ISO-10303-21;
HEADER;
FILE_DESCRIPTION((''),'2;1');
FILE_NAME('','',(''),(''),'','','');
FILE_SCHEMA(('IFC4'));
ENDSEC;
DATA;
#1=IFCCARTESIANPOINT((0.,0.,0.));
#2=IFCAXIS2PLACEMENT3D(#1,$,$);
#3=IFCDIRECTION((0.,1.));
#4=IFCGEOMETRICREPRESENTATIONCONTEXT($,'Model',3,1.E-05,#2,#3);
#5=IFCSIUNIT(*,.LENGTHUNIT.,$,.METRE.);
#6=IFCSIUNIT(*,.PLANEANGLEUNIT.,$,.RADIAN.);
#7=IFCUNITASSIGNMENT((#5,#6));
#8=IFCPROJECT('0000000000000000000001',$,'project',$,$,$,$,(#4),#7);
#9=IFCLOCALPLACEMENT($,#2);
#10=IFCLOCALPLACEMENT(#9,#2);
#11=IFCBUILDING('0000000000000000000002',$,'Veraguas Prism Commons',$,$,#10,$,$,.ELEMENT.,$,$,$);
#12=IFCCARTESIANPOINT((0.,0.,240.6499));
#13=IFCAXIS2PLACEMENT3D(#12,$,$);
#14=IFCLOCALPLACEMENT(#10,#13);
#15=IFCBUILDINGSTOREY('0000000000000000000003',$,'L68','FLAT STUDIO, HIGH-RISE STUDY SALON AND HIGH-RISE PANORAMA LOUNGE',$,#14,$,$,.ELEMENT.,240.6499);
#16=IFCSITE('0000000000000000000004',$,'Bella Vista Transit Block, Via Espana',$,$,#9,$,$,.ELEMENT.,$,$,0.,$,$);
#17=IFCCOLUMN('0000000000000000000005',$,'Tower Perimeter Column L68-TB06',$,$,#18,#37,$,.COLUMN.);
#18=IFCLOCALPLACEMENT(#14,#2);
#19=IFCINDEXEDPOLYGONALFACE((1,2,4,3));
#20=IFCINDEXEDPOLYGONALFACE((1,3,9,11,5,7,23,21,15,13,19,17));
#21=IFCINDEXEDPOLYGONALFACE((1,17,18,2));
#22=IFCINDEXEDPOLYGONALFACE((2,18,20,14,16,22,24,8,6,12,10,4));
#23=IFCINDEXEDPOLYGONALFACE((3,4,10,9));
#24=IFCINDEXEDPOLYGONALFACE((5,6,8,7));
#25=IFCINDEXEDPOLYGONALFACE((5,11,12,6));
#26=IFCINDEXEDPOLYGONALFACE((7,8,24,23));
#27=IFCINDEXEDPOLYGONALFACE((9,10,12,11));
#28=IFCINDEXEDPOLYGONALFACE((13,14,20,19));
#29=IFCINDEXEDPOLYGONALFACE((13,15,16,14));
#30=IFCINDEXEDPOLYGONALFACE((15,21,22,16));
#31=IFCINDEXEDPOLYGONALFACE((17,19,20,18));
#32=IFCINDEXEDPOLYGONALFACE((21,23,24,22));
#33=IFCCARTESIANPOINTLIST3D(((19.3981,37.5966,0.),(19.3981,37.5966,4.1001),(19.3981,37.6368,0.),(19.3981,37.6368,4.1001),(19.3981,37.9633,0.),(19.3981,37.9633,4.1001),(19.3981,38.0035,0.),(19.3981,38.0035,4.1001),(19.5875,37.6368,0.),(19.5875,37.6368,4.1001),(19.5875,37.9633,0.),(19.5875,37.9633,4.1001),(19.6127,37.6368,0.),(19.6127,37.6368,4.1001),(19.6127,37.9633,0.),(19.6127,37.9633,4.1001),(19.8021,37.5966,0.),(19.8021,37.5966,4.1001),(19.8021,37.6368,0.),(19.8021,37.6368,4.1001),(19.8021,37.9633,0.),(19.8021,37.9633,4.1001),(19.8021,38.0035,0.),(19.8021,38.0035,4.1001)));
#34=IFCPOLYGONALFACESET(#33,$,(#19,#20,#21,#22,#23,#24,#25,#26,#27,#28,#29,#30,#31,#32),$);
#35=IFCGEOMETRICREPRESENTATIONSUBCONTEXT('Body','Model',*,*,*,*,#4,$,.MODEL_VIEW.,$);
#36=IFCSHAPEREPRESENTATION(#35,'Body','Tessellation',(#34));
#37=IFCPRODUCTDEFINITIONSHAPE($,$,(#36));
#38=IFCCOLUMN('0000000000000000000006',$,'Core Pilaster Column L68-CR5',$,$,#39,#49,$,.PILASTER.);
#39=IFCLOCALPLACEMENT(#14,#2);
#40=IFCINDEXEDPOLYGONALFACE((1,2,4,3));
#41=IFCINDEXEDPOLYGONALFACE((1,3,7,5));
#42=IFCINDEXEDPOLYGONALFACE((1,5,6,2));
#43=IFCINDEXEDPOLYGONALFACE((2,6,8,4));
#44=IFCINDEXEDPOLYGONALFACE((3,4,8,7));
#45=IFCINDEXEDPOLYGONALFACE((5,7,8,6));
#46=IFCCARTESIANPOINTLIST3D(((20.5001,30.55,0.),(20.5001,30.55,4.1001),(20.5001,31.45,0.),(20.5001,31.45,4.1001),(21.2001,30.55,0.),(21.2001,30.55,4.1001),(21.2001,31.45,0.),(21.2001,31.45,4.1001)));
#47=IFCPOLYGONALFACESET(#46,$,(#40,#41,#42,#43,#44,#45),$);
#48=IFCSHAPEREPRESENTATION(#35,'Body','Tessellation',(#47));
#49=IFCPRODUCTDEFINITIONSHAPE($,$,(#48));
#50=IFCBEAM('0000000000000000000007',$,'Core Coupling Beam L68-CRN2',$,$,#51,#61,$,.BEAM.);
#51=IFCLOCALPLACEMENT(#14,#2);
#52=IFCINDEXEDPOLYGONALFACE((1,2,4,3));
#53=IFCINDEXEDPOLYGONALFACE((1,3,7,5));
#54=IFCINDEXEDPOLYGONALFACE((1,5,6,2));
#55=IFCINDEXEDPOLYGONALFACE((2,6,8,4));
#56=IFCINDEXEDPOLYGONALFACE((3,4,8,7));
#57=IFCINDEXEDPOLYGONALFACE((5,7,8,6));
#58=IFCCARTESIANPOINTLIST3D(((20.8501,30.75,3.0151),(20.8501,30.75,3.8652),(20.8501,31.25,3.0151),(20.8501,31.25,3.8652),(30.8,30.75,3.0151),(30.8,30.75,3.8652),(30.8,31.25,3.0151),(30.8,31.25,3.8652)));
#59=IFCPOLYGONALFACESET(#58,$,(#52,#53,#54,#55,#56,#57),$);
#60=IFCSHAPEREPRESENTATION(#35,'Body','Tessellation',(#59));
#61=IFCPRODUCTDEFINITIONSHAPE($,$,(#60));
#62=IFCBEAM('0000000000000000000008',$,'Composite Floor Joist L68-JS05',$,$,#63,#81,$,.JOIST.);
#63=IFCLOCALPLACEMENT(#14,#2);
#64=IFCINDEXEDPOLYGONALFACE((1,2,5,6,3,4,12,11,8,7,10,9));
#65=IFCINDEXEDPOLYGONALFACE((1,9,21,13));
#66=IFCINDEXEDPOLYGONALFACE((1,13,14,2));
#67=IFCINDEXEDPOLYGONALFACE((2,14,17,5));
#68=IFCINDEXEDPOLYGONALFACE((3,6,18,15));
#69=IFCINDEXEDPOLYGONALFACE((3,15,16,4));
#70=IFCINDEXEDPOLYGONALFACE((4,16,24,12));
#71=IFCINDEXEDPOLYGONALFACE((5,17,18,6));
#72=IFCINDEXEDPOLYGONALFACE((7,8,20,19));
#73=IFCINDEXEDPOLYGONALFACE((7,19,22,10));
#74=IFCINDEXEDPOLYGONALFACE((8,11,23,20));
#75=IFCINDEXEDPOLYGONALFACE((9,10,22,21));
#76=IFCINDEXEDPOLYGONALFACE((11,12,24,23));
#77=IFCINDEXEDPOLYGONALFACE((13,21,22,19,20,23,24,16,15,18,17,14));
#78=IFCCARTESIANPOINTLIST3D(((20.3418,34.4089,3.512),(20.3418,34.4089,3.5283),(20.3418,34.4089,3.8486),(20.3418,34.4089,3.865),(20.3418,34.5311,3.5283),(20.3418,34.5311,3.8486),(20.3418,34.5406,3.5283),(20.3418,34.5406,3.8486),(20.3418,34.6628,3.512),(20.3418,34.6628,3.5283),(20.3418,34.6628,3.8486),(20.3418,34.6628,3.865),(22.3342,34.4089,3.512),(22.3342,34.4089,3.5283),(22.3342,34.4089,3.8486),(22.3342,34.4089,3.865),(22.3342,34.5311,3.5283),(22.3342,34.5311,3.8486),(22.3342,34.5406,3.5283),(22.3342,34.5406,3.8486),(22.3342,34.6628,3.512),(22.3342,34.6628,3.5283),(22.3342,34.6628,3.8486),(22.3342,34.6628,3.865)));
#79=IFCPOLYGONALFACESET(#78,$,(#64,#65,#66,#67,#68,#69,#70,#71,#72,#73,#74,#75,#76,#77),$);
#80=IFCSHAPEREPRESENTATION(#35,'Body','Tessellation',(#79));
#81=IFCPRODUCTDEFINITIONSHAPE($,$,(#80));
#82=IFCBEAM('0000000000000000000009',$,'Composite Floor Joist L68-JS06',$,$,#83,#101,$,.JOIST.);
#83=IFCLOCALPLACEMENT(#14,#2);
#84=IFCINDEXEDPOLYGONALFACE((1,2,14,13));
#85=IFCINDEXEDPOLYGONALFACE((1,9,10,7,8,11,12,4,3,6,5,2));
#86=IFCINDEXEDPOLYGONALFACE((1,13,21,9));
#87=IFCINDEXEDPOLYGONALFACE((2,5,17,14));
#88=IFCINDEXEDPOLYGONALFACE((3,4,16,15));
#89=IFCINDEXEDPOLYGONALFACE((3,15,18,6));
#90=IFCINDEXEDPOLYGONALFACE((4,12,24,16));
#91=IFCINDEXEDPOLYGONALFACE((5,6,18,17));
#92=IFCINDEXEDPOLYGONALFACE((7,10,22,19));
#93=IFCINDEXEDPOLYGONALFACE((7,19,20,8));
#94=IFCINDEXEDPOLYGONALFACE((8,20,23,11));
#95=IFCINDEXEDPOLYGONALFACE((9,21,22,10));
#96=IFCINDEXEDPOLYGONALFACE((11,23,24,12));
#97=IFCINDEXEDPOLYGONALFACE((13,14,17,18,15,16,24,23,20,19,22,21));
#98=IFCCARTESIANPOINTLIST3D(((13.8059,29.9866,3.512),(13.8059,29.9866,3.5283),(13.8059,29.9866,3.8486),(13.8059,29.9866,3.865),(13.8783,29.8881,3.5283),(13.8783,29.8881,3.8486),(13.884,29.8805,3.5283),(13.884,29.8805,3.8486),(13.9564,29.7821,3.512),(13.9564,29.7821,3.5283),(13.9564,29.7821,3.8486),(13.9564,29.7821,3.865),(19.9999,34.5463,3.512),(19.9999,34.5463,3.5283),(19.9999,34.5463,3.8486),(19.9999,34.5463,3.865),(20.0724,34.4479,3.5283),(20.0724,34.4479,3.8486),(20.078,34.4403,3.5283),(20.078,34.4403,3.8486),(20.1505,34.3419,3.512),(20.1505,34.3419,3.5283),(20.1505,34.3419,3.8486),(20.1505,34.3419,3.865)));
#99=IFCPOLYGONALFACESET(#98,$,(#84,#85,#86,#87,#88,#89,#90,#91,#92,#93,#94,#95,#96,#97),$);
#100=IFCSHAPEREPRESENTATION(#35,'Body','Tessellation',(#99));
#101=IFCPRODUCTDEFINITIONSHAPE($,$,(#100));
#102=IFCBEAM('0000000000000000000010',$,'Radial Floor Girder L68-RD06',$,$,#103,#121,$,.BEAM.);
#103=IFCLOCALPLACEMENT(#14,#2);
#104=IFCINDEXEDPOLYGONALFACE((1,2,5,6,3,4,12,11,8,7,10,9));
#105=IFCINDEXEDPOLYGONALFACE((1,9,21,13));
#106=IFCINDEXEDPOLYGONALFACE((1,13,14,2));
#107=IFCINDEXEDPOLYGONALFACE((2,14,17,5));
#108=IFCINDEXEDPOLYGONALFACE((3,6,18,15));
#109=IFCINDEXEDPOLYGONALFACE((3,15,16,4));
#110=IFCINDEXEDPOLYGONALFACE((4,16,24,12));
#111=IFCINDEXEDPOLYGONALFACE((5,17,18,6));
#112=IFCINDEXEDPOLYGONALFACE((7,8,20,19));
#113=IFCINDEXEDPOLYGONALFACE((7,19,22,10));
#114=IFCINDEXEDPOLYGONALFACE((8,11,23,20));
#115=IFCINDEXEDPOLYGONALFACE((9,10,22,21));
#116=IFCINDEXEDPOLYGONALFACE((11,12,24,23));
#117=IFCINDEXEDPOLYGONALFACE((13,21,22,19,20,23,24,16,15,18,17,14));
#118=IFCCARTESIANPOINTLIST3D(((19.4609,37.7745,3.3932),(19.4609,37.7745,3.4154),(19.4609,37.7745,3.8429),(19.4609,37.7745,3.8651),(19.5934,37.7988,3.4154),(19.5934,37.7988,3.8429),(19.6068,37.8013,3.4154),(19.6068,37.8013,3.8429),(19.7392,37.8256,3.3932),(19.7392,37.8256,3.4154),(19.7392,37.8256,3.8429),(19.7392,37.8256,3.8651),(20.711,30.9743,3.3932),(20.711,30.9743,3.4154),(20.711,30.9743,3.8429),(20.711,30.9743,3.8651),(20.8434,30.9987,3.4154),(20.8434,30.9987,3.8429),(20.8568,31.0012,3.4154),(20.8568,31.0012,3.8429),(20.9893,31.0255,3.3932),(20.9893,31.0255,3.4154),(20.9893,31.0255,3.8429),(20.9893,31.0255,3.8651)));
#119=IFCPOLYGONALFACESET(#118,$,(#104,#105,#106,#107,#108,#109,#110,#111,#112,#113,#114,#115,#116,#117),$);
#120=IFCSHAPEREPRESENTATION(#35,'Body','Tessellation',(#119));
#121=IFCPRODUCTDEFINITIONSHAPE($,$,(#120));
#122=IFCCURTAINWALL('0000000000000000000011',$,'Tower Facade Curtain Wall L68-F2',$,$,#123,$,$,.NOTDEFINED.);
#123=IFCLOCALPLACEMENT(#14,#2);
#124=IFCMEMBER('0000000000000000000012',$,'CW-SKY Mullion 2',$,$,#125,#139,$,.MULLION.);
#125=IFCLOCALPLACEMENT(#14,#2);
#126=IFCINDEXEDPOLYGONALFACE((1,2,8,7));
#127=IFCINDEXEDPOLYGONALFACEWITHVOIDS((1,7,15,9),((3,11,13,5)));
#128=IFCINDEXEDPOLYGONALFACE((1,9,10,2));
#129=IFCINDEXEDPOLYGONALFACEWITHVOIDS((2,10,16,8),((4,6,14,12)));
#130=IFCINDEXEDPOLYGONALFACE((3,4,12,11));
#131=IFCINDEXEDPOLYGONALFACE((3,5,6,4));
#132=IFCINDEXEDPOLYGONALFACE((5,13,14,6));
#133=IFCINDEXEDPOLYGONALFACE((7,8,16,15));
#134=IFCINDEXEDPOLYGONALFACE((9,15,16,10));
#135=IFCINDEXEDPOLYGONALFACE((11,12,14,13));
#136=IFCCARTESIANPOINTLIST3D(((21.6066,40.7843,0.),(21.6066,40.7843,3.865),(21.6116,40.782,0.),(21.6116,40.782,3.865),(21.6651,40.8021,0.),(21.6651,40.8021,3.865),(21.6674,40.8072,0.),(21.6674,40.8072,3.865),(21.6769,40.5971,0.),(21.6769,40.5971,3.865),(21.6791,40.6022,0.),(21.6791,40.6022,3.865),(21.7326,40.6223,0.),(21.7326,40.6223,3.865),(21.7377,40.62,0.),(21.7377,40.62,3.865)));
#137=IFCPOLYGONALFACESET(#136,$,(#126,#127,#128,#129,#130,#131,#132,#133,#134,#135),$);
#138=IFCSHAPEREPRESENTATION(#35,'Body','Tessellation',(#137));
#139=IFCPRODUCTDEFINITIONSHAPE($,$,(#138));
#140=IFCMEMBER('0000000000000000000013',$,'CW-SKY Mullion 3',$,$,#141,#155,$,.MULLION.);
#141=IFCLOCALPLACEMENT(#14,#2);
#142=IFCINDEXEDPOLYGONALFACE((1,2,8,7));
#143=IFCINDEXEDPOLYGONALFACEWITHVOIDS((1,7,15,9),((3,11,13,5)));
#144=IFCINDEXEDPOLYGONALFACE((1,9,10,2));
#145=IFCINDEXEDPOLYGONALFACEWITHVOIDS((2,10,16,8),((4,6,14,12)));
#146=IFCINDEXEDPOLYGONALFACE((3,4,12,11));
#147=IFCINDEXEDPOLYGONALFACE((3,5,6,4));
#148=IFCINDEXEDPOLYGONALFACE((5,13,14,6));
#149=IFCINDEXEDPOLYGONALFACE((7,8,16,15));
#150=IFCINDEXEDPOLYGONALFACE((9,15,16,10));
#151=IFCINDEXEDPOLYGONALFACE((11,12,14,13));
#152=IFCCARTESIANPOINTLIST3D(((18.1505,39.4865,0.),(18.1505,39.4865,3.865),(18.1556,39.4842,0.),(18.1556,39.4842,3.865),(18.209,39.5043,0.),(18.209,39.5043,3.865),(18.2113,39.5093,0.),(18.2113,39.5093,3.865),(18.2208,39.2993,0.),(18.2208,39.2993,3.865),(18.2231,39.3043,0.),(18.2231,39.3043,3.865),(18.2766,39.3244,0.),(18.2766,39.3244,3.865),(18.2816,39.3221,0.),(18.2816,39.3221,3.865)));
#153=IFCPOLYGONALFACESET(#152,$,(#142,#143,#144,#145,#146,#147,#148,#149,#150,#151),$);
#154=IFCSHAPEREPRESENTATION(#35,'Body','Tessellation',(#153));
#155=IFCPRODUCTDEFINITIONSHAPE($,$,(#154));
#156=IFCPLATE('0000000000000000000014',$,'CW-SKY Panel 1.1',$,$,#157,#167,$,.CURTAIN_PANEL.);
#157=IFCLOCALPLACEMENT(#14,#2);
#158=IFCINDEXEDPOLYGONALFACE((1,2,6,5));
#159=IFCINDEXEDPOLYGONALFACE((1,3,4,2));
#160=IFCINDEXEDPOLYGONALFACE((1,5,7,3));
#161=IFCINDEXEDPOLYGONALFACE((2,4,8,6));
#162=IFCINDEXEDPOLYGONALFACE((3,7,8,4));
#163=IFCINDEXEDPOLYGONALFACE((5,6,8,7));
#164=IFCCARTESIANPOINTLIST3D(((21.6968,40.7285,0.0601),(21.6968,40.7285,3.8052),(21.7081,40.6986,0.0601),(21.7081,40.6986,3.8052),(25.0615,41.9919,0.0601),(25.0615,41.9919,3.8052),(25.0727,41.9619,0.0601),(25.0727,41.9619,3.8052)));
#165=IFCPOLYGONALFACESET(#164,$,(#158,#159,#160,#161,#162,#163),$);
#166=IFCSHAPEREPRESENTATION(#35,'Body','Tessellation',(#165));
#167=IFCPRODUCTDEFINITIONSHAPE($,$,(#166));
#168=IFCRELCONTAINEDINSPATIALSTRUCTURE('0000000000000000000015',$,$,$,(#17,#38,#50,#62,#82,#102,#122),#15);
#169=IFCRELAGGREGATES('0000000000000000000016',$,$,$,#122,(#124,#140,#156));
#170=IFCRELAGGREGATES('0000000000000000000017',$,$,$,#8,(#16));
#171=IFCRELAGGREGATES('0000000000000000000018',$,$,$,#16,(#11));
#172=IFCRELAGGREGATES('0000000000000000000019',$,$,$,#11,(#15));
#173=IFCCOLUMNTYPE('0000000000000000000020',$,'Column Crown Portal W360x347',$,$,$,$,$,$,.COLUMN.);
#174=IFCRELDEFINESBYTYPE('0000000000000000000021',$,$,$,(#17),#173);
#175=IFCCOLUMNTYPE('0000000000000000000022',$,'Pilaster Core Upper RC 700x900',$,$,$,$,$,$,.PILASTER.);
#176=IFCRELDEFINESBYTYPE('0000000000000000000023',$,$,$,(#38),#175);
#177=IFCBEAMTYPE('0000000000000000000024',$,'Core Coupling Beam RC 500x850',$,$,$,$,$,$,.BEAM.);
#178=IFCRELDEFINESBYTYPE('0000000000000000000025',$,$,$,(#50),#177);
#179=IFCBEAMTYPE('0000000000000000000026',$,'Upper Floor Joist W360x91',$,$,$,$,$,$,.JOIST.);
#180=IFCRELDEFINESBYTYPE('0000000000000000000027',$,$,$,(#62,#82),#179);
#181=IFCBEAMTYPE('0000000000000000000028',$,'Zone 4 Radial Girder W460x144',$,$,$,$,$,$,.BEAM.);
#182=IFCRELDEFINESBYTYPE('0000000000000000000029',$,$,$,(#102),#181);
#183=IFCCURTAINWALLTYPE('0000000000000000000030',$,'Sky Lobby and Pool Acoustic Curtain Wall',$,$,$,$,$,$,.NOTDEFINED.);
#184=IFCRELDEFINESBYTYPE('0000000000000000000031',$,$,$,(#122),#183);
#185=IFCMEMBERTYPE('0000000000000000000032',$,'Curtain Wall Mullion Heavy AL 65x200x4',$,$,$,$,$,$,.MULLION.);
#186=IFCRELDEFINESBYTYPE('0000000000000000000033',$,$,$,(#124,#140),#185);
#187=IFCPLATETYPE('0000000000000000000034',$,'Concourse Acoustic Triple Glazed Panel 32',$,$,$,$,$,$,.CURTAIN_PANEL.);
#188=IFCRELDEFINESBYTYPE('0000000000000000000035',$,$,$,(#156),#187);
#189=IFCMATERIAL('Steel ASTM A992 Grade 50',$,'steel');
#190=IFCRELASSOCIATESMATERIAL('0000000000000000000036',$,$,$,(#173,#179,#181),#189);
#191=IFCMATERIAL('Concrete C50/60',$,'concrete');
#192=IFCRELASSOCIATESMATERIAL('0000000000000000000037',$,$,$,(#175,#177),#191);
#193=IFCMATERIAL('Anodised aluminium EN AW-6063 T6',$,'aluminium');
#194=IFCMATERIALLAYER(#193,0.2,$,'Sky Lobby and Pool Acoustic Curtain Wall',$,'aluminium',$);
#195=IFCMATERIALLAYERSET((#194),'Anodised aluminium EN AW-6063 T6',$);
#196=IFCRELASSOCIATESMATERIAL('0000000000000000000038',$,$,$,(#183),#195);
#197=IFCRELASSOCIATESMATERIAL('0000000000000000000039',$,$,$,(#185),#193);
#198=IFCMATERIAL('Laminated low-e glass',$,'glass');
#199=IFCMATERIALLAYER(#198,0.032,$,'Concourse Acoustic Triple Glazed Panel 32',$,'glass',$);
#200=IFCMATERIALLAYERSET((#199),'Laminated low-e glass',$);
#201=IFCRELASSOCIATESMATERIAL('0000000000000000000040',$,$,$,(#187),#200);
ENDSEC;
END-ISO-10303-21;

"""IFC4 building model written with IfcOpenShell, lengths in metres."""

from ifc_helpers import new_model, si_unit, direction, frame, origin, origin_2d, place, context, subcontext, project, spatial, rectangle, hollow_rectangle, i_section, extrude, source, transform, mapped, material, layer, layer_set, material_profile, profile_set, type_object, element, aggregate, save


model = new_model("IFC4")

# Units and contexts
model_context = context("Model", 3, precision=1e-05, world=origin(), true_north=direction((0.0, 1.0)))
body_context = subcontext(model_context, "Body", "Model", "MODEL_VIEW")
ifc_project = project(units=[si_unit("LENGTHUNIT", "METRE"), si_unit("PLANEANGLEUNIT", "RADIAN")], contexts=[model_context])

# Site, building, storey
site_placement = place(None, origin())
site = spatial("IfcSite", under=ifc_project, at=site_placement, Name="Bella Vista Transit Block, Via Espana", CompositionType="ELEMENT", RefElevation=0.0)
building_placement = place(site_placement, origin())
building = spatial("IfcBuilding", under=site, at=building_placement, Name="Veraguas Prism Commons", CompositionType="ELEMENT")
storey_placement = place(building_placement, frame((0.0, 0.0, 240.6499)))
storey = spatial("IfcBuildingStorey", under=building, at=storey_placement, Name="L68", Description="FLAT STUDIO, HIGH-RISE STUDY SALON AND HIGH-RISE PANORAMA LOUNGE", CompositionType="ELEMENT", Elevation=240.6499)

# Columns
ifc_material_1 = material(Name="Steel ASTM A992 Grade 50", Category="steel")
ifc_material_profile_1 = material_profile(ifc_material_1, i_section(OverallWidth=0.4041, OverallDepth=0.407, WebThickness=0.0251, FlangeThickness=0.0403, at=origin_2d()), Name="W360X347")
ifc_profile_set_1 = profile_set([ifc_material_profile_1], Name="Steel ASTM A992 Grade 50")
column_type_1 = type_object("IfcColumnType", Name="Column Crown Portal W360x347", PredefinedType="COLUMN", material=ifc_profile_set_1)
column_1_placement = place(storey_placement, frame((19.6001, 37.8, 0.0), z_axis=(0.0, 0.0, 1.0), x_axis=(1.0, 0.0, 0.0)))
element("IfcColumn", 1, at=column_1_placement, inside=storey, type_object=column_type_1, Name="Tower Perimeter Column L68-TB06", PredefinedType="COLUMN", context=body_context, shape_type="SweptSolid", body=[
    extrude(i_section(OverallWidth=0.4041, OverallDepth=0.407, WebThickness=0.0251, FlangeThickness=0.0403, at=origin_2d()), origin(), (0.0, 0.0, 1.0), 4.1001),
])
ifc_material_2 = material(Name="Concrete C50/60", Category="concrete")
ifc_material_profile_2 = material_profile(ifc_material_2, rectangle(XDim=0.7, YDim=0.8999, at=origin_2d()), Name="RC700X900")
ifc_profile_set_2 = profile_set([ifc_material_profile_2], Name="Concrete C50/60")
column_type_2 = type_object("IfcColumnType", Name="Pilaster Core Upper RC 700x900", PredefinedType="PILASTER", material=ifc_profile_set_2)
column_2_placement = place(storey_placement, frame((20.8501, 31.0, 0.0), z_axis=(0.0, 0.0, 1.0), x_axis=(1.0, 0.0, 0.0)))
element("IfcColumn", 2, at=column_2_placement, inside=storey, type_object=column_type_2, Name="Core Pilaster Column L68-CR5", PredefinedType="PILASTER", context=body_context, shape_type="SweptSolid", body=[
    extrude(rectangle(XDim=0.7, YDim=0.8999, at=origin_2d()), origin(), (0.0, 0.0, 1.0), 4.1001),
])

# Beams
ifc_material_profile_3 = material_profile(ifc_material_2, rectangle(XDim=0.5, YDim=0.8501, at=origin_2d()), Name="RC500X850")
ifc_profile_set_3 = profile_set([ifc_material_profile_3], Name="Concrete C50/60")
beam_type_1 = type_object("IfcBeamType", Name="Core Coupling Beam RC 500x850", PredefinedType="BEAM", material=ifc_profile_set_3)
beam_1_placement = place(storey_placement, frame((20.8501, 31.0, 3.4402), z_axis=(1.0, 0.0, 0.0), x_axis=(0.0, 1.0, 0.0)))
element("IfcBeam", 3, at=beam_1_placement, inside=storey, type_object=beam_type_1, Name="Core Coupling Beam L68-CRN2", PredefinedType="BEAM", context=body_context, shape_type="SweptSolid", body=[
    extrude(rectangle(XDim=0.5, YDim=0.8501, at=origin_2d()), origin(), (0.0, 0.0, 1.0), 9.95),
])
ifc_material_profile_4 = material_profile(ifc_material_1, i_section(OverallWidth=0.2539, OverallDepth=0.353, WebThickness=0.0095, FlangeThickness=0.0164, at=origin_2d()), Name="W360X91")
ifc_profile_set_4 = profile_set([ifc_material_profile_4], Name="Steel ASTM A992 Grade 50")
beam_type_2 = type_object("IfcBeamType", Name="Upper Floor Joist W360x91", PredefinedType="JOIST", material=ifc_profile_set_4)
beam_2_placement = place(storey_placement, frame((22.3342, 34.5359, 3.6885), z_axis=(-1.0, 0.0, 0.0), x_axis=(0.0, -1.0, 0.0)))
element("IfcBeam", 4, at=beam_2_placement, inside=storey, type_object=beam_type_2, Name="Composite Floor Joist L68-JS05", PredefinedType="JOIST", context=body_context, shape_type="SweptSolid", body=[
    extrude(i_section(OverallWidth=0.2539, OverallDepth=0.353, WebThickness=0.0095, FlangeThickness=0.0164, at=origin_2d()), origin(), (0.0, 0.0, 1.0), 1.9924),
])
beam_3_placement = place(storey_placement, frame((20.0752, 34.4441, 3.6885), z_axis=(-0.80532, -0.592841, 0.0), x_axis=(0.592841, -0.80532, 0.0)))
element("IfcBeam", 5, at=beam_3_placement, inside=storey, type_object=beam_type_2, Name="Composite Floor Joist L68-JS06", PredefinedType="JOIST", context=body_context, shape_type="SweptSolid", body=[
    extrude(i_section(OverallWidth=0.2539, OverallDepth=0.353, WebThickness=0.0095, FlangeThickness=0.0164, at=origin_2d()), origin(), (0.0, 0.0, 1.0), 7.6914),
])
ifc_material_profile_5 = material_profile(ifc_material_1, i_section(OverallWidth=0.283, OverallDepth=0.4719, WebThickness=0.0137, FlangeThickness=0.0222, at=origin_2d()), Name="W460X144")
ifc_profile_set_5 = profile_set([ifc_material_profile_5], Name="Steel ASTM A992 Grade 50")
beam_type_3 = type_object("IfcBeamType", Name="Zone 4 Radial Girder W460x144", PredefinedType="BEAM", material=ifc_profile_set_5)
beam_4_placement = place(storey_placement, frame((19.6001, 37.8, 3.6292), z_axis=(0.180793, -0.983521, 0.0), x_axis=(0.983521, 0.180793, 0.0)))
element("IfcBeam", 6, at=beam_4_placement, inside=storey, type_object=beam_type_3, Name="Radial Floor Girder L68-RD06", PredefinedType="BEAM", context=body_context, shape_type="SweptSolid", body=[
    extrude(i_section(OverallWidth=0.283, OverallDepth=0.4719, WebThickness=0.0137, FlangeThickness=0.0222, at=origin_2d()), origin(), (0.0, 0.0, 1.0), 6.9141),
])

# Curtain wall, members, plate
ifc_material_3 = material(Name="Anodised aluminium EN AW-6063 T6", Category="aluminium")
ifc_layer_1 = layer(ifc_material_3, 0.2, Name="Sky Lobby and Pool Acoustic Curtain Wall", Category="aluminium")
ifc_layer_set_1 = layer_set([ifc_layer_1], Name="Anodised aluminium EN AW-6063 T6")
curtain_wall_type = type_object("IfcCurtainWallType", Name="Sky Lobby and Pool Acoustic Curtain Wall", PredefinedType="NOTDEFINED", material=ifc_layer_set_1)
curtain_wall_placement = place(storey_placement, origin())
curtain_wall = element("IfcCurtainWall", 7, at=curtain_wall_placement, inside=storey, type_object=curtain_wall_type, Name="Tower Facade Curtain Wall L68-F2", PredefinedType="NOTDEFINED")
ifc_material_profile_6 = material_profile(ifc_material_3, hollow_rectangle(XDim=0.0649, YDim=0.2, WallThickness=0.0039, at=origin_2d()), Name="AL65X200X4")
ifc_profile_set_6 = profile_set([ifc_material_profile_6], Name="Anodised aluminium EN AW-6063 T6")
member_type = type_object("IfcMemberType", Name="Curtain Wall Mullion Heavy AL 65x200x4", PredefinedType="MULLION", material=ifc_profile_set_6)
shared_shape_1 = source(origin(), body_context, "Body", "SweptSolid", [
    extrude(hollow_rectangle(XDim=0.0649, YDim=0.2, WallThickness=0.0039, at=origin_2d()), origin(), (0.0, 0.0, 1.0), 3.865),
])
member_1_placement = place(storey_placement, frame((21.6721, 40.7021, 0.0), z_axis=(0.0, 0.0, 1.0), x_axis=(-0.936182, -0.351515, 0.0)))
member_1 = element("IfcMember", 8, at=member_1_placement, type_object=member_type, Name="CW-SKY Mullion 2", PredefinedType="MULLION", context=body_context, shape_type="MappedRepresentation", body=[
    mapped(shared_shape_1, transform((0.0, 0.0, 0.0), scale=1.0)),
])
member_2_placement = place(storey_placement, frame((18.2161, 39.4043, 0.0), z_axis=(0.0, 0.0, 1.0), x_axis=(-0.936182, -0.351515, 0.0)))
member_2 = element("IfcMember", 9, at=member_2_placement, type_object=member_type, Name="CW-SKY Mullion 3", PredefinedType="MULLION", context=body_context, shape_type="MappedRepresentation", body=[
    mapped(shared_shape_1, transform((0.0, 0.0, 0.0), scale=1.0)),
])
ifc_material_4 = material(Name="Laminated low-e glass", Category="glass")
ifc_layer_2 = layer(ifc_material_4, 0.032, Name="Concourse Acoustic Triple Glazed Panel 32", Category="glass")
ifc_layer_set_2 = layer_set([ifc_layer_2], Name="Laminated low-e glass")
plate_type = type_object("IfcPlateType", Name="Concourse Acoustic Triple Glazed Panel 32", PredefinedType="CURTAIN_PANEL", material=ifc_layer_set_2)
shared_shape_2 = source(origin(), body_context, "Body", "SweptSolid", [
    extrude(rectangle(XDim=3.594, YDim=0.032, at=origin_2d()), origin(), (0.0, 0.0, 1.0), 3.7451),
])
plate_1_placement = place(storey_placement, frame((23.3848, 41.3452, 0.0601), z_axis=(0.0, 0.0, 1.0), x_axis=(-0.936182, -0.351515, 0.0)))
plate_1 = element("IfcPlate", 10, at=plate_1_placement, type_object=plate_type, Name="CW-SKY Panel 1.1", PredefinedType="CURTAIN_PANEL", context=body_context, shape_type="MappedRepresentation", body=[
    mapped(shared_shape_2, transform((0.0, 0.0, 0.0), scale=1.0)),
])
aggregate(curtain_wall, [member_1, member_2, plate_1])

save(model, "model.ifc")
